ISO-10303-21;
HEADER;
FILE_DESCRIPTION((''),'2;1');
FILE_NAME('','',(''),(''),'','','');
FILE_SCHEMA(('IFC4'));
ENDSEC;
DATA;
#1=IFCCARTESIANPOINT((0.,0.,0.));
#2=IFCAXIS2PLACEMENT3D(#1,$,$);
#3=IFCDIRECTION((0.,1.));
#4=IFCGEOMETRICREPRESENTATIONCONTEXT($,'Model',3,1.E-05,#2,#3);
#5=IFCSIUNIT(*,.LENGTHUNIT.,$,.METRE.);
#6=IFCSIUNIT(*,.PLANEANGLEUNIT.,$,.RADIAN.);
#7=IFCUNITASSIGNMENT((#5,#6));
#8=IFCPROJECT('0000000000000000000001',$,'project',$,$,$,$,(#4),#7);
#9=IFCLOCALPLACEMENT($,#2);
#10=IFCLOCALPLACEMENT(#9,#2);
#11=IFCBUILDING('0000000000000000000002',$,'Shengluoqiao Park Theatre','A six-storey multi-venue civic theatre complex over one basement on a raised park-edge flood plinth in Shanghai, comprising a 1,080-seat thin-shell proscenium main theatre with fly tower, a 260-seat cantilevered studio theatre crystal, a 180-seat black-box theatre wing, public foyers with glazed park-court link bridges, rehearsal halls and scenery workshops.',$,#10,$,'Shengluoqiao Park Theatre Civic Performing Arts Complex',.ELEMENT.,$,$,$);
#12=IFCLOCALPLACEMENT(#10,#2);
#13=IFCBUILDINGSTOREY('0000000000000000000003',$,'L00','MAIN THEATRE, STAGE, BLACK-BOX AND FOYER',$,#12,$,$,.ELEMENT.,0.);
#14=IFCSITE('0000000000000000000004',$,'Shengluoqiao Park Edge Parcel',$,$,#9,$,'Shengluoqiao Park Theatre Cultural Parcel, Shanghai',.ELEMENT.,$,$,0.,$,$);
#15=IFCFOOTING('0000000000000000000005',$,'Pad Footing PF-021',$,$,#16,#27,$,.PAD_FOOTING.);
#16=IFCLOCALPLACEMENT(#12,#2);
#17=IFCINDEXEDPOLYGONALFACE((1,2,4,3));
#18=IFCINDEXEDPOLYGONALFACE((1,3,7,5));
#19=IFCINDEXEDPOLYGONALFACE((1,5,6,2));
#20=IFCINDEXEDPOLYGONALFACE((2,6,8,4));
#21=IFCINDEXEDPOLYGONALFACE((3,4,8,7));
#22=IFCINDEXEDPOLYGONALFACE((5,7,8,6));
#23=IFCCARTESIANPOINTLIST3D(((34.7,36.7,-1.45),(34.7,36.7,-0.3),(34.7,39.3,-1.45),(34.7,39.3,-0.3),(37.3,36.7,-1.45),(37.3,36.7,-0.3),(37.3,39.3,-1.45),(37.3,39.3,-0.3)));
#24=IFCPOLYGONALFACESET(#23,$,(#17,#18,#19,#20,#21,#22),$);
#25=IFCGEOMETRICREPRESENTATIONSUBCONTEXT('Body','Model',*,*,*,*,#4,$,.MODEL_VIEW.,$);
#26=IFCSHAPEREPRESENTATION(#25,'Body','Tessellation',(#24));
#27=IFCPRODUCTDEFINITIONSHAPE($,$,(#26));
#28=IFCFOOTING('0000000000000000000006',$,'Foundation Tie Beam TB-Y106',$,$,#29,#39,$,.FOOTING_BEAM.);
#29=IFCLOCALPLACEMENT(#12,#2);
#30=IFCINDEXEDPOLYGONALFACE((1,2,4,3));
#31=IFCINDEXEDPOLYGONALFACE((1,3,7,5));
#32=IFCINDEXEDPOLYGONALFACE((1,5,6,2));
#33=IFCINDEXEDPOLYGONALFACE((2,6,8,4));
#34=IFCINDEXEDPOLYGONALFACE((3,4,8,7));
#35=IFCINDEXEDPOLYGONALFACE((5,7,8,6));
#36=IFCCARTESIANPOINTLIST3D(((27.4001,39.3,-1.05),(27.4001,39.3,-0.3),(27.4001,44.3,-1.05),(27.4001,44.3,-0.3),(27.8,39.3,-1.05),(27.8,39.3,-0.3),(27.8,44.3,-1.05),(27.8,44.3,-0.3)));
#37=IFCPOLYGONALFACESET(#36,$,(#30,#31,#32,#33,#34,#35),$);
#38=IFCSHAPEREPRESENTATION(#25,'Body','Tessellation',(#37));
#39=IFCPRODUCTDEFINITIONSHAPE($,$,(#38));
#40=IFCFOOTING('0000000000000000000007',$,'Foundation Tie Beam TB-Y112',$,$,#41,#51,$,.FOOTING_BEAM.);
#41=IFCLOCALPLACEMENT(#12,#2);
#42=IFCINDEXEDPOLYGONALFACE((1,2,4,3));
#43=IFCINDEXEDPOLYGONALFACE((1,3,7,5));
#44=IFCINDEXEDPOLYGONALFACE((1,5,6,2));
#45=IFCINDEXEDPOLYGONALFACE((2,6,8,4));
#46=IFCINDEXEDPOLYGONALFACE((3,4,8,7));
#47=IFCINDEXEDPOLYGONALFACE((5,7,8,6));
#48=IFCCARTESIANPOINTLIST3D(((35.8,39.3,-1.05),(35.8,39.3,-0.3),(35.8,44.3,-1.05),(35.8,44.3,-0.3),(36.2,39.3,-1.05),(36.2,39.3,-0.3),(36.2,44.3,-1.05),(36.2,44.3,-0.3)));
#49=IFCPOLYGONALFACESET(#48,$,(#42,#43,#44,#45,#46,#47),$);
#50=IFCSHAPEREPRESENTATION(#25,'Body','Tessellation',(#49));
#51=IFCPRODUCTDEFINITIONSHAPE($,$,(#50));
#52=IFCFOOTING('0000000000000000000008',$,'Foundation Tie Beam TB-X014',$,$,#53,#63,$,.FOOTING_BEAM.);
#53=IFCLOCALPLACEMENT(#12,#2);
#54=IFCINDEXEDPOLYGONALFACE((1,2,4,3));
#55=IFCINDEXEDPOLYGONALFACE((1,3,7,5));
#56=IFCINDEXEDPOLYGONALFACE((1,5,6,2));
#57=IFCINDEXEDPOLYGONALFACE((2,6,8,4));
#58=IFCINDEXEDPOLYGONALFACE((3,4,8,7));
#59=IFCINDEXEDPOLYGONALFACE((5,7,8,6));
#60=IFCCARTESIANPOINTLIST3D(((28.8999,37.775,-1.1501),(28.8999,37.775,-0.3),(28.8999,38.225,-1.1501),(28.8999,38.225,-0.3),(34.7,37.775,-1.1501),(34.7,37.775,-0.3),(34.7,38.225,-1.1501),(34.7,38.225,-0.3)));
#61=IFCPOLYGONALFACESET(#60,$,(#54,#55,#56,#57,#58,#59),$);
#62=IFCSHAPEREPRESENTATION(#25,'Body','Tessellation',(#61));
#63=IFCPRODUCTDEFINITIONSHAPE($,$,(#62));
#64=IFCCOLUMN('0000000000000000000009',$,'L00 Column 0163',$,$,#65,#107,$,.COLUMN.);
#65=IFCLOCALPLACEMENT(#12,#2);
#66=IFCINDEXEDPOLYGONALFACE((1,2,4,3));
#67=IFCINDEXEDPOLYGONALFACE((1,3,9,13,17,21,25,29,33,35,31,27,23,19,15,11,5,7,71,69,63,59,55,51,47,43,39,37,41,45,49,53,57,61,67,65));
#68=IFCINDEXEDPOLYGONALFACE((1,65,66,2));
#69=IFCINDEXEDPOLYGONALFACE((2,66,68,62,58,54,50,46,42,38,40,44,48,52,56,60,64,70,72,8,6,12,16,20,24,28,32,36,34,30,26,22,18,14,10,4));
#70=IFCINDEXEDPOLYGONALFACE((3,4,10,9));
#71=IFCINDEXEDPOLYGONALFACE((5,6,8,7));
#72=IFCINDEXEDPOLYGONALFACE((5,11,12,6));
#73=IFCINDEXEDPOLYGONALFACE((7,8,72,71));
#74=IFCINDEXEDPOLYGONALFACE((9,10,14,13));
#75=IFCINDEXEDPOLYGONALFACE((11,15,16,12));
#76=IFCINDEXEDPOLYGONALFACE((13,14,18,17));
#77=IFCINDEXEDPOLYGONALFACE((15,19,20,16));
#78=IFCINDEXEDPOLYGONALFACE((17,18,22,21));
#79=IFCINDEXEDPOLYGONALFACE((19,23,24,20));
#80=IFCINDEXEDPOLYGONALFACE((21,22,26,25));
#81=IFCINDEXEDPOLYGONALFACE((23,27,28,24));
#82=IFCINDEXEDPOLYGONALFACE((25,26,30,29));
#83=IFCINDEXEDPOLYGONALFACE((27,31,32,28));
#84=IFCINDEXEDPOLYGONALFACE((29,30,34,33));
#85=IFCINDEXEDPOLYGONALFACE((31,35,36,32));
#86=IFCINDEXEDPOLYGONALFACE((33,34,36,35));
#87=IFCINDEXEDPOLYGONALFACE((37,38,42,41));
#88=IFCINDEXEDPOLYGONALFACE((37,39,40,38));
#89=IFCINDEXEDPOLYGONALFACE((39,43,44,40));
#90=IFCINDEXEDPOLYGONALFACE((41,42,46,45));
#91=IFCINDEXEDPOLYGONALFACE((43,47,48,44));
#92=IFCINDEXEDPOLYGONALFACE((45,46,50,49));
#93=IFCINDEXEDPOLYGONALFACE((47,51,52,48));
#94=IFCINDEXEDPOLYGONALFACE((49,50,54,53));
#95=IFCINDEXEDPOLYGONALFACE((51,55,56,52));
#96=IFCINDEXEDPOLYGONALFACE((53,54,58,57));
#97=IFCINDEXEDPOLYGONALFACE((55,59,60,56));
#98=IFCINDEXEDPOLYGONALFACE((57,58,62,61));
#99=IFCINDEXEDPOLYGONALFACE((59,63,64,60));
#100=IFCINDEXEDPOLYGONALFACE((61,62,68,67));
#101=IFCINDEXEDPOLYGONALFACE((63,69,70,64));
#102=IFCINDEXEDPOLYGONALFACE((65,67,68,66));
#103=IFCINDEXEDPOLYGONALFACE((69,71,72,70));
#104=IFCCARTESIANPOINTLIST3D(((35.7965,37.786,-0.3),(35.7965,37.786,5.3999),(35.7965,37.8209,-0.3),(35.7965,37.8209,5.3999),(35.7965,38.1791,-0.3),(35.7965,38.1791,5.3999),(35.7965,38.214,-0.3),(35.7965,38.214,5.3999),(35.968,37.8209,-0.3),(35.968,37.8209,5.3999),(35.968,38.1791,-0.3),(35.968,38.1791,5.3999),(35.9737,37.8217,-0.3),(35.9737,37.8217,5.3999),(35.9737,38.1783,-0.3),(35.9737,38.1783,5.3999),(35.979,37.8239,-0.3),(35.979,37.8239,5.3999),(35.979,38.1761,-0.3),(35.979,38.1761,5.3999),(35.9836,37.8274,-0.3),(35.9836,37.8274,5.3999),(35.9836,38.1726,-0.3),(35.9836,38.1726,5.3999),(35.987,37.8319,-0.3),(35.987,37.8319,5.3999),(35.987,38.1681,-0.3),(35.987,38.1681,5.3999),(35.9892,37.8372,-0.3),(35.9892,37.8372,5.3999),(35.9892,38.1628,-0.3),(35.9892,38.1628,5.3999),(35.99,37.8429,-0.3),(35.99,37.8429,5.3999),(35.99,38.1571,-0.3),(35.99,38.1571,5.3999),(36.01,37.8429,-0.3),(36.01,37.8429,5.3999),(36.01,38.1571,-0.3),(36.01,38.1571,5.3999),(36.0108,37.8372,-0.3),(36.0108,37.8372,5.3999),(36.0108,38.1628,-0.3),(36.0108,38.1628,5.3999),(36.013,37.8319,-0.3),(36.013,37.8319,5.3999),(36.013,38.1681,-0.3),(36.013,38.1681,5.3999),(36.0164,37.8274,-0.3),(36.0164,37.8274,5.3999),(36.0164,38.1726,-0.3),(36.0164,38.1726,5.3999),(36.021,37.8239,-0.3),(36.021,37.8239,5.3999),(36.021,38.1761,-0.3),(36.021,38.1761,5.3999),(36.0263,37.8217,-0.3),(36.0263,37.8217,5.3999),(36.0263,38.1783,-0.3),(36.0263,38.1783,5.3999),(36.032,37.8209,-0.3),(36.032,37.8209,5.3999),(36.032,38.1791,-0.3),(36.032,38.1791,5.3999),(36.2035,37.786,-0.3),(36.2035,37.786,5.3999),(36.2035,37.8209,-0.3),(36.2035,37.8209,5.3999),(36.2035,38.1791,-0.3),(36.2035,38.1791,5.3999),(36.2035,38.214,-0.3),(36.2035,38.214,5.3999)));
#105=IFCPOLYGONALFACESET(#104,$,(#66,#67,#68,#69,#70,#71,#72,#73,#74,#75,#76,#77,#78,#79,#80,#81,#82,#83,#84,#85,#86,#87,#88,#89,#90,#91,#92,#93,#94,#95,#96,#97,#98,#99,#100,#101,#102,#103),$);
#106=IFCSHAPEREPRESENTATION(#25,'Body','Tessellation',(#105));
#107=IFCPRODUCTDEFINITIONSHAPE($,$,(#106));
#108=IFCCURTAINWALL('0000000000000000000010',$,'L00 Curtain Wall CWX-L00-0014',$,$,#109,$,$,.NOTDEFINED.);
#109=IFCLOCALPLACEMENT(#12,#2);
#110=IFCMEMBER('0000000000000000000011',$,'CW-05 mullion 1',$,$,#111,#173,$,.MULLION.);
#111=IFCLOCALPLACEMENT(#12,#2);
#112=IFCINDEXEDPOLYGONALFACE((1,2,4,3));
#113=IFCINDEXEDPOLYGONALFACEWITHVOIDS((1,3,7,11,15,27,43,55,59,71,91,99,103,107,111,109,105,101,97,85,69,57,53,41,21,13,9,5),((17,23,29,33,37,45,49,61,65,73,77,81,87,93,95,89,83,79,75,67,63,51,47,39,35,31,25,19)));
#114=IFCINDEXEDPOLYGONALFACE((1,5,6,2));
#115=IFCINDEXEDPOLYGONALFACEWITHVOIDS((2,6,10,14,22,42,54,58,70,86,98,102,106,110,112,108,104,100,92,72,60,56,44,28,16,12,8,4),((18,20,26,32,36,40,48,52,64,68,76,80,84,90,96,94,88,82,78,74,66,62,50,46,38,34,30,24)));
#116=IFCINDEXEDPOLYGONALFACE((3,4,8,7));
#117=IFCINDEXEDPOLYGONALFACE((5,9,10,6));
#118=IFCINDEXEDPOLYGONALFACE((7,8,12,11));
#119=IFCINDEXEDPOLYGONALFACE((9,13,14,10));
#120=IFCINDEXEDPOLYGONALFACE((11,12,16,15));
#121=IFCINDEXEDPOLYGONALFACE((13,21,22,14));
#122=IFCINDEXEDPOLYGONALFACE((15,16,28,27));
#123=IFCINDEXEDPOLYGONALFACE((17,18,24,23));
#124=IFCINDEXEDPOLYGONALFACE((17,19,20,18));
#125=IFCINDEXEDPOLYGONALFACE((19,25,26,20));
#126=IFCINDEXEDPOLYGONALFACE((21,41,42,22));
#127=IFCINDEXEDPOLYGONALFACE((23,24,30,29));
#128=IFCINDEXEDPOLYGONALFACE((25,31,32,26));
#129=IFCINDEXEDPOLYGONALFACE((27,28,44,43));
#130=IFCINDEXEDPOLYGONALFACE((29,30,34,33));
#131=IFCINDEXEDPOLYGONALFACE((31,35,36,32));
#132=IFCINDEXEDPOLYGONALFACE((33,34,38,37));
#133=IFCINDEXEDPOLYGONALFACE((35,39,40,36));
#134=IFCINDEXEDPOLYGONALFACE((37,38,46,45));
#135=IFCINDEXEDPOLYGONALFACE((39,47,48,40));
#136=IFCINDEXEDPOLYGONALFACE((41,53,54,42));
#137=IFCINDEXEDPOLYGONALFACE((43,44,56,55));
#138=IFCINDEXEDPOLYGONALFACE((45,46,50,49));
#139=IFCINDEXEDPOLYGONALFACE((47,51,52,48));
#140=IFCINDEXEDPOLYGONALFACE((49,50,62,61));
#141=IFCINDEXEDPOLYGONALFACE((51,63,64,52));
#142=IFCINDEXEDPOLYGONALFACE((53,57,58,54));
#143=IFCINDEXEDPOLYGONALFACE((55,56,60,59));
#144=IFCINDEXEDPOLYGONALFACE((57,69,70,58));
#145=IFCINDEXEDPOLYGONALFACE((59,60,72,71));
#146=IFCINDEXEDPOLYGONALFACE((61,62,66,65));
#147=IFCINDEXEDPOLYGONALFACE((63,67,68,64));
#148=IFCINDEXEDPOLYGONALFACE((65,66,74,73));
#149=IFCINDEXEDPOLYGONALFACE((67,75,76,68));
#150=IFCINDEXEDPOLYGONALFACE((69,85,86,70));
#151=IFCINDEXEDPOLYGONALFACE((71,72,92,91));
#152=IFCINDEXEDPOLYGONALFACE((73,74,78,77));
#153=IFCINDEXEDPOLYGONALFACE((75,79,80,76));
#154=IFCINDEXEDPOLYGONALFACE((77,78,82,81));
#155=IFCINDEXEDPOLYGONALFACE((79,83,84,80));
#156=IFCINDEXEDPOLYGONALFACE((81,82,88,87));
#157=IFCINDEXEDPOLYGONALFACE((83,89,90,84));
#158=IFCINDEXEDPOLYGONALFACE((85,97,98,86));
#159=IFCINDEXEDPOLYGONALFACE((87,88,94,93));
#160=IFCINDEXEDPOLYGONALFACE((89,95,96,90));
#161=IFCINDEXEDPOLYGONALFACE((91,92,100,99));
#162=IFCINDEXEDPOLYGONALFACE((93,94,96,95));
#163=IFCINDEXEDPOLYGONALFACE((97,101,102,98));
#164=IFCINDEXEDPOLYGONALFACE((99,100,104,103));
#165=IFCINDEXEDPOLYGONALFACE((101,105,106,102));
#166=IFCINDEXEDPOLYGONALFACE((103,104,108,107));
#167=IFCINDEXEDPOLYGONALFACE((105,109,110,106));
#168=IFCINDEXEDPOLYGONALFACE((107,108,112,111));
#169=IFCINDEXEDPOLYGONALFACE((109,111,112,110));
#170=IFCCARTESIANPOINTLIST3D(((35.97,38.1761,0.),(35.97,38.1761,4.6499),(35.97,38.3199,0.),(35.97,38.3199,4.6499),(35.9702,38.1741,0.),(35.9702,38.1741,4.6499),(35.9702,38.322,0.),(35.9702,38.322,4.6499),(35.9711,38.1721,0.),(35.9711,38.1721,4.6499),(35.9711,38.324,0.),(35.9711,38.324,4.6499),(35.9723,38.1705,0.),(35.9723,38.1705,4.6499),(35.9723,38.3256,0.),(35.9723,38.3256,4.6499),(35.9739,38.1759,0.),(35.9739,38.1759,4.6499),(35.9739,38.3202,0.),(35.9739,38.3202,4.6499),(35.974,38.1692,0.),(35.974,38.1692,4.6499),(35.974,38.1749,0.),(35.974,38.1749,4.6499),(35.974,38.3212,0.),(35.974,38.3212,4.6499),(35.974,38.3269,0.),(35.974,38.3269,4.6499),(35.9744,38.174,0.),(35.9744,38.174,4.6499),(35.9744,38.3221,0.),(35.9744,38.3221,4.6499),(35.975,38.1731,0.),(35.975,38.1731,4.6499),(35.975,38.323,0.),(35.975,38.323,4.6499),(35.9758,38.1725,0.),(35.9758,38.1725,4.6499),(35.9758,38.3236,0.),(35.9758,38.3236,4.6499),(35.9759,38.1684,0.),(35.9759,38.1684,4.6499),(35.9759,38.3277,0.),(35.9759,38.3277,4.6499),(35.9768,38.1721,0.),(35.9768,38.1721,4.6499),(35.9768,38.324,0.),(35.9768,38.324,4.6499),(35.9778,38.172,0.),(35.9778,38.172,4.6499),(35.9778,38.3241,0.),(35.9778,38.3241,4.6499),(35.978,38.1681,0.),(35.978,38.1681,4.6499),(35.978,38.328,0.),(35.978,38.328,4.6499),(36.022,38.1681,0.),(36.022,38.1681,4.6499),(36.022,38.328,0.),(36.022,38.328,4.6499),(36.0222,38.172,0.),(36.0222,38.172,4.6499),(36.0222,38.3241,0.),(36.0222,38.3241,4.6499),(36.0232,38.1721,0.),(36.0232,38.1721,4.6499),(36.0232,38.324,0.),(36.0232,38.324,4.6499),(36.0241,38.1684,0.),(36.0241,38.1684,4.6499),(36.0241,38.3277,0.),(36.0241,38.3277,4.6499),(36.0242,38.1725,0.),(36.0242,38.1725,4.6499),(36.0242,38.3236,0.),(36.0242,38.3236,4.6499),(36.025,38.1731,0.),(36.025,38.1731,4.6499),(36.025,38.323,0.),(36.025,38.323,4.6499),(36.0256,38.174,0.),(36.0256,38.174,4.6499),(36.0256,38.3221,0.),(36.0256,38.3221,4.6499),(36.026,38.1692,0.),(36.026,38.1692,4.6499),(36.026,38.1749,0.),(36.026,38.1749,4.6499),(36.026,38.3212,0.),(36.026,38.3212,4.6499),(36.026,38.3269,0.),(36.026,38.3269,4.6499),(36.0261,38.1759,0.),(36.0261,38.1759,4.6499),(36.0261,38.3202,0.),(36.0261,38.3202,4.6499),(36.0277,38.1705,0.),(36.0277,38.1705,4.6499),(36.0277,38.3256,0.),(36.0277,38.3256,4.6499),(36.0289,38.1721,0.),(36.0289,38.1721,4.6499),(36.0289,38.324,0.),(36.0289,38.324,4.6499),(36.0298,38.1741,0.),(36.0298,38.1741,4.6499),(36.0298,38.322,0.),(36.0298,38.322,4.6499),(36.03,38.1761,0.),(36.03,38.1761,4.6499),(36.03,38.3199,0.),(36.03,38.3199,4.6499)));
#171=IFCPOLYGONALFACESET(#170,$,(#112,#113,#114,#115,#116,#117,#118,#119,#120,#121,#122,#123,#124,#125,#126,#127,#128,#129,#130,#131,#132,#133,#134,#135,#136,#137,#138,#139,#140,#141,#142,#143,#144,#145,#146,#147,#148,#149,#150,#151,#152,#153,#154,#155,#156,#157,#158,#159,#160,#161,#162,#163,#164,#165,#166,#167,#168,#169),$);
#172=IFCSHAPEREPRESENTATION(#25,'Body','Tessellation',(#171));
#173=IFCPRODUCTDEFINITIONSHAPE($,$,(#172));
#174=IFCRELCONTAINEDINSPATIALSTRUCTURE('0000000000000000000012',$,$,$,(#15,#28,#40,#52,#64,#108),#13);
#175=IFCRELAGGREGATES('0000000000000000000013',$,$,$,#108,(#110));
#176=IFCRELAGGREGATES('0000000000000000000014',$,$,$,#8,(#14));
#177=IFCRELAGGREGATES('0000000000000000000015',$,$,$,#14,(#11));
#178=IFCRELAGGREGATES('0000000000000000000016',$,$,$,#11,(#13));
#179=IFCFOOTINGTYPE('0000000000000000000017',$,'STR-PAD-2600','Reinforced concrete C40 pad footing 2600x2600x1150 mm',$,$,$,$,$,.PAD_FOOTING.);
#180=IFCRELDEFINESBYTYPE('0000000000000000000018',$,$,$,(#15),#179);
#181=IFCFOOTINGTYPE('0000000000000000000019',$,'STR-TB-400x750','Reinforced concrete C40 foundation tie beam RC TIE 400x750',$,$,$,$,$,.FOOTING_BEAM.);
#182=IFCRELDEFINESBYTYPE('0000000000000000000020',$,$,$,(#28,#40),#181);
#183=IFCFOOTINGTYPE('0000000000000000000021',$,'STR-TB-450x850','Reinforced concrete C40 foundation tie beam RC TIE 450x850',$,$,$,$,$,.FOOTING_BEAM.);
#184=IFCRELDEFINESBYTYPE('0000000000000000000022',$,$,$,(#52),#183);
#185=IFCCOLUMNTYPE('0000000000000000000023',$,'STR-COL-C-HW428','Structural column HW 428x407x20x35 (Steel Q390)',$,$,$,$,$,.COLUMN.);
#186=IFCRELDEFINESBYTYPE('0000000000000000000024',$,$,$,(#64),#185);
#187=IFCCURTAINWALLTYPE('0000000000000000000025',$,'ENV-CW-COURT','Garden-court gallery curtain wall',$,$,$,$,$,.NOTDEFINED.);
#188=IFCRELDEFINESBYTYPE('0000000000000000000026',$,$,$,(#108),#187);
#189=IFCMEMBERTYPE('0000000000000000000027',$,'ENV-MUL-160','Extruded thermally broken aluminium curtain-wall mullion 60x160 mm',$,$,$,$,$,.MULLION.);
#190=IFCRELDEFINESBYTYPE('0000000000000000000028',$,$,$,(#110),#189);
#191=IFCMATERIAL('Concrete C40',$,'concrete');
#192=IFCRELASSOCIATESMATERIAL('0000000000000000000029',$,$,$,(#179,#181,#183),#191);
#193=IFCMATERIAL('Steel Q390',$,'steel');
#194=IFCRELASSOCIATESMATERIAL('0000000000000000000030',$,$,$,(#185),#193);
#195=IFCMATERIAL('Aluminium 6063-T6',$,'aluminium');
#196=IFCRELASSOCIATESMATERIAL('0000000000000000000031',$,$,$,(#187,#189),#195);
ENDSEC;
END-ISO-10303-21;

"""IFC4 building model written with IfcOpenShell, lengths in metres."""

from ifc_helpers import new_model, si_unit, direction, frame, origin, origin_2d, place, context, subcontext, project, spatial, rectangle, hollow_rectangle, i_section, extrude, material, material_profile, profile_set, type_object, element, aggregate, save


model = new_model("IFC4")

# Units and contexts
model_context = context("Model", 3, precision=1e-05, world=origin(), true_north=direction((0.0, 1.0)))
body_context = subcontext(model_context, "Body", "Model", "MODEL_VIEW")
ifc_project = project(units=[si_unit("LENGTHUNIT", "METRE"), si_unit("PLANEANGLEUNIT", "RADIAN")], contexts=[model_context])

# Site, building, storey
site_placement = place(None, origin())
site = spatial("IfcSite", under=ifc_project, at=site_placement, Name="Shengluoqiao Park Edge Parcel", LongName="Shengluoqiao Park Theatre Cultural Parcel, Shanghai", CompositionType="ELEMENT", RefElevation=0.0)
building_placement = place(site_placement, origin())
building = spatial("IfcBuilding", under=site, at=building_placement, Name="Shengluoqiao Park Theatre", Description="A six-storey multi-venue civic theatre complex over one basement on a raised park-edge flood plinth in Shanghai, comprising a 1,080-seat thin-shell proscenium main theatre with fly tower, a 260-seat cantilevered studio theatre crystal, a 180-seat black-box theatre wing, public foyers with glazed park-court link bridges, rehearsal halls and scenery workshops.", LongName="Shengluoqiao Park Theatre Civic Performing Arts Complex", CompositionType="ELEMENT")
storey_placement = place(building_placement, origin())
storey = spatial("IfcBuildingStorey", under=building, at=storey_placement, Name="L00", Description="MAIN THEATRE, STAGE, BLACK-BOX AND FOYER", CompositionType="ELEMENT", Elevation=0.0)

# Footings
ifc_material_1 = material(Name="Concrete C40", Category="concrete")
footing_type_1 = type_object("IfcFootingType", Name="STR-PAD-2600", Description="Reinforced concrete C40 pad footing 2600x2600x1150 mm", PredefinedType="PAD_FOOTING", material=ifc_material_1)
footing_1_placement = place(storey_placement, frame((36.0, 38.0, -1.45), z_axis=(0.0, 0.0, 1.0), x_axis=(1.0, 0.0, 0.0)))
element("IfcFooting", 1, at=footing_1_placement, inside=storey, type_object=footing_type_1, Name="Pad Footing PF-021", PredefinedType="PAD_FOOTING", context=body_context, shape_type="SweptSolid", body=[
    extrude(rectangle(XDim=2.6001, YDim=2.6001, at=origin_2d()), origin(), (0.0, 0.0, 1.0), 1.1499),
])
ifc_material_profile_1 = material_profile(ifc_material_1, rectangle(XDim=0.3999, YDim=0.75, at=origin_2d()), Name="RC TIE 400x750")
ifc_profile_set_1 = profile_set([ifc_material_profile_1], Name="Concrete C40")
footing_type_2 = type_object("IfcFootingType", Name="STR-TB-400x750", Description="Reinforced concrete C40 foundation tie beam RC TIE 400x750", PredefinedType="FOOTING_BEAM", material=ifc_profile_set_1)
for number, where, z_axis, x_axis, name in (
    (2, (27.6001, 39.3, -0.675), (0.0, 1.0, 0.0), (-1.0, 0.0, 0.0), "Foundation Tie Beam TB-Y106"),
    (3, (36.0, 39.3, -0.675), (0.0, 1.0, 0.0), (-1.0, 0.0, 0.0), "Foundation Tie Beam TB-Y112"),
):
    element("IfcFooting", number, at=place(storey_placement, frame(where, z_axis=z_axis, x_axis=x_axis)), inside=storey, type_object=footing_type_2, Name=name, PredefinedType="FOOTING_BEAM", context=body_context, shape_type="SweptSolid", body=[
        extrude(rectangle(XDim=0.3999, YDim=0.75, at=origin_2d()), origin(), (0.0, 0.0, 1.0), 5.0),
    ])
ifc_material_profile_2 = material_profile(ifc_material_1, rectangle(XDim=0.45, YDim=0.8501, at=origin_2d()), Name="RC TIE 450x850")
ifc_profile_set_2 = profile_set([ifc_material_profile_2], Name="Concrete C40")
footing_type_3 = type_object("IfcFootingType", Name="STR-TB-450x850", Description="Reinforced concrete C40 foundation tie beam RC TIE 450x850", PredefinedType="FOOTING_BEAM", material=ifc_profile_set_2)
footing_2_placement = place(storey_placement, frame((28.8999, 38.0, -0.7251), z_axis=(1.0, 0.0, 0.0), x_axis=(0.0, 1.0, 0.0)))
element("IfcFooting", 4, at=footing_2_placement, inside=storey, type_object=footing_type_3, Name="Foundation Tie Beam TB-X014", PredefinedType="FOOTING_BEAM", context=body_context, shape_type="SweptSolid", body=[
    extrude(rectangle(XDim=0.45, YDim=0.8501, at=origin_2d()), origin(), (0.0, 0.0, 1.0), 5.8),
])

# Column
ifc_material_2 = material(Name="Steel Q390", Category="steel")
ifc_material_profile_3 = material_profile(ifc_material_2, i_section(OverallWidth=0.407, OverallDepth=0.428, WebThickness=0.02, FlangeThickness=0.0349, FilletRadius=0.022, at=origin_2d()), Name="HW 428x407x20x35")
ifc_profile_set_3 = profile_set([ifc_material_profile_3], Name="Steel Q390")
column_type = type_object("IfcColumnType", Name="STR-COL-C-HW428", Description="Structural column HW 428x407x20x35 (Steel Q390)", PredefinedType="COLUMN", material=ifc_profile_set_3)
column_placement = place(storey_placement, frame((36.0, 38.0, -0.3), z_axis=(0.0, 0.0, 1.0), x_axis=(1.0, 0.0, 0.0)))
element("IfcColumn", 5, at=column_placement, inside=storey, type_object=column_type, Name="L00 Column 0163", PredefinedType="COLUMN", context=body_context, shape_type="SweptSolid", body=[
    extrude(i_section(OverallWidth=0.407, OverallDepth=0.428, WebThickness=0.02, FlangeThickness=0.0349, FilletRadius=0.022, at=origin_2d()), origin(), (0.0, 0.0, 1.0), 5.7),
])

# Curtain wall, member
ifc_material_3 = material(Name="Aluminium 6063-T6", Category="aluminium")
curtain_wall_type = type_object("IfcCurtainWallType", Name="ENV-CW-COURT", Description="Garden-court gallery curtain wall", PredefinedType="NOTDEFINED", material=ifc_material_3)
curtain_wall_placement = place(storey_placement, origin())
curtain_wall = element("IfcCurtainWall", 6, at=curtain_wall_placement, inside=storey, type_object=curtain_wall_type, Name="L00 Curtain Wall CWX-L00-0014", PredefinedType="NOTDEFINED")
ifc_material_profile_4 = material_profile(ifc_material_3, hollow_rectangle(XDim=0.0601, YDim=0.1599, WallThickness=0.0039, InnerFilletRadius=0.0039, OuterFilletRadius=0.0081, at=origin_2d()), Name="ALU MULLION 160x60x4")
ifc_profile_set_4 = profile_set([ifc_material_profile_4], Name="Aluminium 6063-T6")
member_type_1 = type_object("IfcMemberType", Name="ENV-MUL-160", Description="Extruded thermally broken aluminium curtain-wall mullion 60x160 mm", PredefinedType="MULLION", material=ifc_profile_set_4)
member_1_placement = place(storey_placement, frame((36.0, 38.248, 0.0), z_axis=(0.0, 0.0, 1.0), x_axis=(-1.0, 0.0, 0.0)))
member_1 = element("IfcMember", 7, at=member_1_placement, type_object=member_type_1, Name="CW-05 mullion 1", PredefinedType="MULLION", context=body_context, shape_type="SweptSolid", body=[
    extrude(hollow_rectangle(XDim=0.0601, YDim=0.1599, WallThickness=0.0039, InnerFilletRadius=0.0039, OuterFilletRadius=0.0081, at=origin_2d()), origin(), (0.0, 0.0, 1.0), 4.6499),
])
aggregate(curtain_wall, [member_1])

save(model, "model.ifc")
